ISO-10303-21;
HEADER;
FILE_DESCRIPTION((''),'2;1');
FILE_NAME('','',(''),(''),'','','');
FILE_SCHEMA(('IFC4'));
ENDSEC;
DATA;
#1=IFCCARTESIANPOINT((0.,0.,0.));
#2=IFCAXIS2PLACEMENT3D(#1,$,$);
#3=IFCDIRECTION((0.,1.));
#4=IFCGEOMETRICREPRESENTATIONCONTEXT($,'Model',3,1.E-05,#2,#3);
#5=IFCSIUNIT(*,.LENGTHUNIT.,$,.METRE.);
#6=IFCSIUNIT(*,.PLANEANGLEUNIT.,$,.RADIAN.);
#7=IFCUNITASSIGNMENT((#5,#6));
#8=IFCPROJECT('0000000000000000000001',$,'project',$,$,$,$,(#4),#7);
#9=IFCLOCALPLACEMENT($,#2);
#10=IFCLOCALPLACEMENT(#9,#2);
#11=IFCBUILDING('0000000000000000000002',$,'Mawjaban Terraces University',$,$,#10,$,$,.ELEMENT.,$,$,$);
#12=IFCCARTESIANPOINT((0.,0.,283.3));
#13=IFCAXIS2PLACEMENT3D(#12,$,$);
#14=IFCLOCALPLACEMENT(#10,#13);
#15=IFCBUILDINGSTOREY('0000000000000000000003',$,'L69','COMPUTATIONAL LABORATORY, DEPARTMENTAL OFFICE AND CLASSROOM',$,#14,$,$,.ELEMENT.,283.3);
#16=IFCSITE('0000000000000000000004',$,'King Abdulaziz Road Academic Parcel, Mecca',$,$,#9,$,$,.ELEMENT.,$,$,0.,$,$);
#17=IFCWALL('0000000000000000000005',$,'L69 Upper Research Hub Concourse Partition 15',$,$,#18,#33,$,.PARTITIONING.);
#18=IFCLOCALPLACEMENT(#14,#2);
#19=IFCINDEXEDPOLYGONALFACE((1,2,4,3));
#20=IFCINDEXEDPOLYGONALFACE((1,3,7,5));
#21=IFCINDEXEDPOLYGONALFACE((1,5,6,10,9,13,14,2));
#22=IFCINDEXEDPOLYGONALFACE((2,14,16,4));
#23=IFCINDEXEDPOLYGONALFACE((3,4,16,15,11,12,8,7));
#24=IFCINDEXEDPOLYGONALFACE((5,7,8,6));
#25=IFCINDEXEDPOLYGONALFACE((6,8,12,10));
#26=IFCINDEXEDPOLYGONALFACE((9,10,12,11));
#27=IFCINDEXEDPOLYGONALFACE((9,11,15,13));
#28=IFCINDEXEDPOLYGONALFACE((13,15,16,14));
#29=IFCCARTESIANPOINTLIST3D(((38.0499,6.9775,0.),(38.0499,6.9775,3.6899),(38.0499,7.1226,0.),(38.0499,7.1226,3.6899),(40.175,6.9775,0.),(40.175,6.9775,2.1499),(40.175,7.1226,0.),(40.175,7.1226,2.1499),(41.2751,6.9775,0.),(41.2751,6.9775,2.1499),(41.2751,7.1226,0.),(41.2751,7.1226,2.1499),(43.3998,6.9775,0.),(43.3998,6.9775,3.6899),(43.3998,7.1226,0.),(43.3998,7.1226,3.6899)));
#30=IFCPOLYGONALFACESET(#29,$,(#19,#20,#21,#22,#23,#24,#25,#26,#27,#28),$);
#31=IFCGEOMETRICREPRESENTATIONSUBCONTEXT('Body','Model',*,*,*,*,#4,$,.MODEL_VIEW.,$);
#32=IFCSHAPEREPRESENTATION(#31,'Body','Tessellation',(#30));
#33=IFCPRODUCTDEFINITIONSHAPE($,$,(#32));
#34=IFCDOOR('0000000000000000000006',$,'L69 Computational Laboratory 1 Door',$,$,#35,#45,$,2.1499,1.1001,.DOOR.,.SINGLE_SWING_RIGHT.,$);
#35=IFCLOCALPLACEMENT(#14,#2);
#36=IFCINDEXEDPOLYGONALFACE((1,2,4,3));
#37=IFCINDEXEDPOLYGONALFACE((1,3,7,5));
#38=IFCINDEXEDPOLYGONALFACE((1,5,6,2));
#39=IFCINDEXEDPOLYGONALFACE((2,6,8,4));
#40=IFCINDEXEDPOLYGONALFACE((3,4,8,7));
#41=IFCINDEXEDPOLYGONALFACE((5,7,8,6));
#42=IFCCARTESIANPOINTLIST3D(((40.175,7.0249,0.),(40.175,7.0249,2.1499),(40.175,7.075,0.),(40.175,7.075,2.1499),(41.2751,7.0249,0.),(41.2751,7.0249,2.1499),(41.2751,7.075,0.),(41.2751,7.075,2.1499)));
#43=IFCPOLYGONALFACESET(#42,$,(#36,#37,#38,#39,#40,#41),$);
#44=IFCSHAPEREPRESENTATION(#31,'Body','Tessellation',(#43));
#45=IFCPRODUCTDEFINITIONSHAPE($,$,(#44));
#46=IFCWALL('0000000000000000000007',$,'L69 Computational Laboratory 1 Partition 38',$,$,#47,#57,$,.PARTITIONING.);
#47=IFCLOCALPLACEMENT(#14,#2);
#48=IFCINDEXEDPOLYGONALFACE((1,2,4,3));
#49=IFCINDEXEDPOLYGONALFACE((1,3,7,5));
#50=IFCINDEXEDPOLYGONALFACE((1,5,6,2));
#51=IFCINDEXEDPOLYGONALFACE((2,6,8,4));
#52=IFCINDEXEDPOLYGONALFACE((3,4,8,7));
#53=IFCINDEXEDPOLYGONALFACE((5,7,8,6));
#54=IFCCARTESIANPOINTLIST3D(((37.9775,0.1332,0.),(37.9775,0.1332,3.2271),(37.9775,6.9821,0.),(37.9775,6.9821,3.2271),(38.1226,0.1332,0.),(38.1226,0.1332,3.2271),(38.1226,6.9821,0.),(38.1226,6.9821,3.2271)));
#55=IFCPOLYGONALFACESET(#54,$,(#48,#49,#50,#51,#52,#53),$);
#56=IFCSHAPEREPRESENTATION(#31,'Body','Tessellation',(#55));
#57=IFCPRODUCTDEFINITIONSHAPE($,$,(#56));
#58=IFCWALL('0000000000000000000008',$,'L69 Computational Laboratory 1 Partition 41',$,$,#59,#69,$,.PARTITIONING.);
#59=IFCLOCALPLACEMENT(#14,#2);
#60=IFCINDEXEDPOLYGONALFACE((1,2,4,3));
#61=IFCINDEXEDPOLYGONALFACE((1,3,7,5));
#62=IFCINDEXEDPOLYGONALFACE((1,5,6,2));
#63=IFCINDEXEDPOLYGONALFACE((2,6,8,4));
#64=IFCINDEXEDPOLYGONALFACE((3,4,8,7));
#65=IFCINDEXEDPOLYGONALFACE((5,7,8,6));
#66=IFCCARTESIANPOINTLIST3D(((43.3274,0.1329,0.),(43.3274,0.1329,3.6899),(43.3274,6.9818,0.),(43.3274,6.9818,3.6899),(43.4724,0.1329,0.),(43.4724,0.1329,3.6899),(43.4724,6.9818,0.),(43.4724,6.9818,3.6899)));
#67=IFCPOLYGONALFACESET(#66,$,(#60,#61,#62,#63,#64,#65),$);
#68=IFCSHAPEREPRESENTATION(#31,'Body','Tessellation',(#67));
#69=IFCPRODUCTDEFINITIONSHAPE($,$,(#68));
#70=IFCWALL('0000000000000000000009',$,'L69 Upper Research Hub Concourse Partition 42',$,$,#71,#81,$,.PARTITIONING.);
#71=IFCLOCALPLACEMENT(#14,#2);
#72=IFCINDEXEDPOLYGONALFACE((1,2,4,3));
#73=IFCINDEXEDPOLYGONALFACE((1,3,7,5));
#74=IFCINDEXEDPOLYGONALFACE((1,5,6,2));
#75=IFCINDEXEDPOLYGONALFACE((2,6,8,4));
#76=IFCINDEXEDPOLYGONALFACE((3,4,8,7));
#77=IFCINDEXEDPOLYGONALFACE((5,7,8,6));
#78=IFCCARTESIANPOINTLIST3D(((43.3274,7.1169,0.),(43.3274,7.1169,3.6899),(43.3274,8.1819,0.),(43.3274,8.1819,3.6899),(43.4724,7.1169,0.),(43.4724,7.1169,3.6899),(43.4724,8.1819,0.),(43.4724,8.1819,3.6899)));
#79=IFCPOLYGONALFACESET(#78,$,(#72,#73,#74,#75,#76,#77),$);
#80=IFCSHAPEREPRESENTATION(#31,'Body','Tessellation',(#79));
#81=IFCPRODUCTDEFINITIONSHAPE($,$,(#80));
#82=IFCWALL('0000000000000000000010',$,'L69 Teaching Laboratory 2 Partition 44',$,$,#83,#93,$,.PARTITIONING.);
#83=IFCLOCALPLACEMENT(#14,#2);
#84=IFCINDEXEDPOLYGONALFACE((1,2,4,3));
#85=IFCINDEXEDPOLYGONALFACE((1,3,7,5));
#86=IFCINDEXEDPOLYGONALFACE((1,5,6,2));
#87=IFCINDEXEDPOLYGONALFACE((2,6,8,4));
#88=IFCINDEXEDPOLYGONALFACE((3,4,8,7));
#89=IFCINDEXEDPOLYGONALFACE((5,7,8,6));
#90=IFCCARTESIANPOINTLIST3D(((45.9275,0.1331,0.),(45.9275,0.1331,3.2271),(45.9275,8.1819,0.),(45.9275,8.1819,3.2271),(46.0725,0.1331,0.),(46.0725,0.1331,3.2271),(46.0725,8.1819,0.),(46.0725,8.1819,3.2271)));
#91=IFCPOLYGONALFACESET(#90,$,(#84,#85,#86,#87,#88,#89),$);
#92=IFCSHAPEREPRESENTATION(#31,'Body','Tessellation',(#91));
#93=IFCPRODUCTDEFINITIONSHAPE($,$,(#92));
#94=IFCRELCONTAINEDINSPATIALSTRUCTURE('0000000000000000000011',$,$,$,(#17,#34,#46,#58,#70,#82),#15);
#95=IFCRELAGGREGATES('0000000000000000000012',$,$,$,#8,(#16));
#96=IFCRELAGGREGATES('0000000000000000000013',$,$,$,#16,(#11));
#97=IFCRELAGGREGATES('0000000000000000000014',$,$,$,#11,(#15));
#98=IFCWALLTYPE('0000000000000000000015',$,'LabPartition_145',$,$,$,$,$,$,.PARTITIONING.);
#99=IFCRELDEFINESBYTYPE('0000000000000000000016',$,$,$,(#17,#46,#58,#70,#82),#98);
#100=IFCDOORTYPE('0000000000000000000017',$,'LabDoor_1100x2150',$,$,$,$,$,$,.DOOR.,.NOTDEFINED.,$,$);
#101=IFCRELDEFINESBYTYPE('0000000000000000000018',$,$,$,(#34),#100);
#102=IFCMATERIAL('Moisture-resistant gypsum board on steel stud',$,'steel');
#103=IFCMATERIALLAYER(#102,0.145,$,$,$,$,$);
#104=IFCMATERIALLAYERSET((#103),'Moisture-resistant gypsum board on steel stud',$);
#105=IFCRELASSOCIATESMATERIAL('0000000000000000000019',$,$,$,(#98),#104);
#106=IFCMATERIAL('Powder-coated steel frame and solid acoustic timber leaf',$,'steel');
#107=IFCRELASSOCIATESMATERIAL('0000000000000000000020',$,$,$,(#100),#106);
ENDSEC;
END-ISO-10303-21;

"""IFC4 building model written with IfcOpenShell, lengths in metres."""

from ifc_helpers import new_model, si_unit, direction, frame, frame_2d, origin, place, context, subcontext, project, spatial, rectangle, extrude, material, layer, layer_set, type_object, element, fill, save


model = new_model("IFC4")

# Units and contexts
model_context = context("Model", 3, precision=1e-05, world=origin(), true_north=direction((0.0, 1.0)))
body_context = subcontext(model_context, "Body", "Model", "MODEL_VIEW")
ifc_project = project(units=[si_unit("LENGTHUNIT", "METRE"), si_unit("PLANEANGLEUNIT", "RADIAN")], contexts=[model_context])

# Site, building, storey
site_placement = place(None, origin())
site = spatial("IfcSite", under=ifc_project, at=site_placement, Name="King Abdulaziz Road Academic Parcel, Mecca", CompositionType="ELEMENT", RefElevation=0.0)
building_placement = place(site_placement, origin())
building = spatial("IfcBuilding", under=site, at=building_placement, Name="Mawjaban Terraces University", CompositionType="ELEMENT")
storey_placement = place(building_placement, frame((0.0, 0.0, 283.3)))
storey = spatial("IfcBuildingStorey", under=building, at=storey_placement, Name="L69", Description="COMPUTATIONAL LABORATORY, DEPARTMENTAL OFFICE AND CLASSROOM", CompositionType="ELEMENT", Elevation=283.3)

# Shared definitions
ifc_material_1 = material(Name="Powder-coated steel frame and solid acoustic timber leaf", Category="steel")

# Wall, opening, door
ifc_material_2 = material(Name="Moisture-resistant gypsum board on steel stud", Category="steel")
ifc_layer_1 = layer(ifc_material_2, 0.145)
ifc_layer_set_1 = layer_set([ifc_layer_1], Name="Moisture-resistant gypsum board on steel stud")
wall_type_1 = type_object("IfcWallType", Name="LabPartition_145", PredefinedType="PARTITIONING", material=ifc_layer_set_1)
wall_1_placement = place(storey_placement, frame((38.05, 7.05, 0.0), z_axis=(0.0, 0.0, 1.0), x_axis=(1.0, 0.0, 0.0)))
wall_1 = element("IfcWall", 1, at=wall_1_placement, inside=storey, type_object=wall_type_1, Name="L69 Upper Research Hub Concourse Partition 15", PredefinedType="PARTITIONING", context=body_context, shape_type="SweptSolid", body=[
    extrude(rectangle(XDim=5.3499, YDim=0.145, at=frame_2d((2.6748, 0.0))), origin(), (0.0, 0.0, 1.0), 3.6899),
])
opening_1_placement = place(wall_1_placement, frame((2.125, 0.0, 0.0)))
opening_1 = element("IfcOpeningElement", 2, at=opening_1_placement, cuts=wall_1, PredefinedType="OPENING", context=body_context, shape_type="SweptSolid", body=[
    extrude(rectangle(XDim=1.1001, YDim=2.1499, at=frame_2d((0.55, 1.075))), frame((0.0, 0.0825, 0.0), z_axis=(0.0, -1.0, 0.0), x_axis=(1.0, 0.0, 0.0)), (0.0, 0.0, 1.0), 0.165),
])
door_type_1 = type_object("IfcDoorType", Name="LabDoor_1100x2150", OperationType="NOTDEFINED", PredefinedType="DOOR", material=ifc_material_1)
door_1_placement = place(opening_1_placement, origin())
door_1 = element("IfcDoor", 3, at=door_1_placement, inside=storey, type_object=door_type_1, Name="L69 Computational Laboratory 1 Door", OperationType="SINGLE_SWING_RIGHT", OverallHeight=2.1499, OverallWidth=1.1001, PredefinedType="DOOR", context=body_context, shape_type="SweptSolid", body=[
    extrude(rectangle(XDim=1.1001, YDim=2.1499, at=frame_2d((0.55, 1.075))), frame((0.0, 0.0249, 0.0), z_axis=(0.0, -1.0, 0.0), x_axis=(1.0, 0.0, 0.0)), (0.0, 0.0, 1.0), 0.05),
])
fill(opening_1, door_1)

# Walls
wall_2_placement = place(storey_placement, frame((38.05, 6.9819, 0.0), z_axis=(0.0, 0.0, 1.0), x_axis=(0.0, -1.0, 0.0)))
element("IfcWall", 4, at=wall_2_placement, inside=storey, type_object=wall_type_1, Name="L69 Computational Laboratory 1 Partition 38", PredefinedType="PARTITIONING", context=body_context, shape_type="SweptSolid", body=[
    extrude(rectangle(XDim=6.8489, YDim=0.145, at=frame_2d((3.4243, 0.0))), origin(), (0.0, 0.0, 1.0), 3.2271),
])
wall_3_placement = place(storey_placement, frame((43.3999, 0.1331, 0.0), z_axis=(0.0, 0.0, 1.0), x_axis=(0.0, 1.0, 0.0)))
element("IfcWall", 5, at=wall_3_placement, inside=storey, type_object=wall_type_1, Name="L69 Computational Laboratory 1 Partition 41", PredefinedType="PARTITIONING", context=body_context, shape_type="SweptSolid", body=[
    extrude(rectangle(XDim=6.8489, YDim=0.145, at=frame_2d((3.4243, 0.0))), origin(), (0.0, 0.0, 1.0), 3.6899),
])
wall_4_placement = place(storey_placement, frame((43.3999, 7.1169, 0.0), z_axis=(0.0, 0.0, 1.0), x_axis=(0.0, 1.0, 0.0)))
element("IfcWall", 6, at=wall_4_placement, inside=storey, type_object=wall_type_1, Name="L69 Upper Research Hub Concourse Partition 42", PredefinedType="PARTITIONING", context=body_context, shape_type="SweptSolid", body=[
    extrude(rectangle(XDim=1.0649, YDim=0.145, at=frame_2d((0.5325, 0.0))), origin(), (0.0, 0.0, 1.0), 3.6899),
])
wall_5_placement = place(storey_placement, frame((46.0, 0.1331, 0.0), z_axis=(0.0, 0.0, 1.0), x_axis=(0.0, 1.0, 0.0)))
element("IfcWall", 7, at=wall_5_placement, inside=storey, type_object=wall_type_1, Name="L69 Teaching Laboratory 2 Partition 44", PredefinedType="PARTITIONING", context=body_context, shape_type="SweptSolid", body=[
    extrude(rectangle(XDim=8.0488, YDim=0.145, at=frame_2d((4.0244, 0.0))), origin(), (0.0, 0.0, 1.0), 3.2271),
])

save(model, "model.ifc")
